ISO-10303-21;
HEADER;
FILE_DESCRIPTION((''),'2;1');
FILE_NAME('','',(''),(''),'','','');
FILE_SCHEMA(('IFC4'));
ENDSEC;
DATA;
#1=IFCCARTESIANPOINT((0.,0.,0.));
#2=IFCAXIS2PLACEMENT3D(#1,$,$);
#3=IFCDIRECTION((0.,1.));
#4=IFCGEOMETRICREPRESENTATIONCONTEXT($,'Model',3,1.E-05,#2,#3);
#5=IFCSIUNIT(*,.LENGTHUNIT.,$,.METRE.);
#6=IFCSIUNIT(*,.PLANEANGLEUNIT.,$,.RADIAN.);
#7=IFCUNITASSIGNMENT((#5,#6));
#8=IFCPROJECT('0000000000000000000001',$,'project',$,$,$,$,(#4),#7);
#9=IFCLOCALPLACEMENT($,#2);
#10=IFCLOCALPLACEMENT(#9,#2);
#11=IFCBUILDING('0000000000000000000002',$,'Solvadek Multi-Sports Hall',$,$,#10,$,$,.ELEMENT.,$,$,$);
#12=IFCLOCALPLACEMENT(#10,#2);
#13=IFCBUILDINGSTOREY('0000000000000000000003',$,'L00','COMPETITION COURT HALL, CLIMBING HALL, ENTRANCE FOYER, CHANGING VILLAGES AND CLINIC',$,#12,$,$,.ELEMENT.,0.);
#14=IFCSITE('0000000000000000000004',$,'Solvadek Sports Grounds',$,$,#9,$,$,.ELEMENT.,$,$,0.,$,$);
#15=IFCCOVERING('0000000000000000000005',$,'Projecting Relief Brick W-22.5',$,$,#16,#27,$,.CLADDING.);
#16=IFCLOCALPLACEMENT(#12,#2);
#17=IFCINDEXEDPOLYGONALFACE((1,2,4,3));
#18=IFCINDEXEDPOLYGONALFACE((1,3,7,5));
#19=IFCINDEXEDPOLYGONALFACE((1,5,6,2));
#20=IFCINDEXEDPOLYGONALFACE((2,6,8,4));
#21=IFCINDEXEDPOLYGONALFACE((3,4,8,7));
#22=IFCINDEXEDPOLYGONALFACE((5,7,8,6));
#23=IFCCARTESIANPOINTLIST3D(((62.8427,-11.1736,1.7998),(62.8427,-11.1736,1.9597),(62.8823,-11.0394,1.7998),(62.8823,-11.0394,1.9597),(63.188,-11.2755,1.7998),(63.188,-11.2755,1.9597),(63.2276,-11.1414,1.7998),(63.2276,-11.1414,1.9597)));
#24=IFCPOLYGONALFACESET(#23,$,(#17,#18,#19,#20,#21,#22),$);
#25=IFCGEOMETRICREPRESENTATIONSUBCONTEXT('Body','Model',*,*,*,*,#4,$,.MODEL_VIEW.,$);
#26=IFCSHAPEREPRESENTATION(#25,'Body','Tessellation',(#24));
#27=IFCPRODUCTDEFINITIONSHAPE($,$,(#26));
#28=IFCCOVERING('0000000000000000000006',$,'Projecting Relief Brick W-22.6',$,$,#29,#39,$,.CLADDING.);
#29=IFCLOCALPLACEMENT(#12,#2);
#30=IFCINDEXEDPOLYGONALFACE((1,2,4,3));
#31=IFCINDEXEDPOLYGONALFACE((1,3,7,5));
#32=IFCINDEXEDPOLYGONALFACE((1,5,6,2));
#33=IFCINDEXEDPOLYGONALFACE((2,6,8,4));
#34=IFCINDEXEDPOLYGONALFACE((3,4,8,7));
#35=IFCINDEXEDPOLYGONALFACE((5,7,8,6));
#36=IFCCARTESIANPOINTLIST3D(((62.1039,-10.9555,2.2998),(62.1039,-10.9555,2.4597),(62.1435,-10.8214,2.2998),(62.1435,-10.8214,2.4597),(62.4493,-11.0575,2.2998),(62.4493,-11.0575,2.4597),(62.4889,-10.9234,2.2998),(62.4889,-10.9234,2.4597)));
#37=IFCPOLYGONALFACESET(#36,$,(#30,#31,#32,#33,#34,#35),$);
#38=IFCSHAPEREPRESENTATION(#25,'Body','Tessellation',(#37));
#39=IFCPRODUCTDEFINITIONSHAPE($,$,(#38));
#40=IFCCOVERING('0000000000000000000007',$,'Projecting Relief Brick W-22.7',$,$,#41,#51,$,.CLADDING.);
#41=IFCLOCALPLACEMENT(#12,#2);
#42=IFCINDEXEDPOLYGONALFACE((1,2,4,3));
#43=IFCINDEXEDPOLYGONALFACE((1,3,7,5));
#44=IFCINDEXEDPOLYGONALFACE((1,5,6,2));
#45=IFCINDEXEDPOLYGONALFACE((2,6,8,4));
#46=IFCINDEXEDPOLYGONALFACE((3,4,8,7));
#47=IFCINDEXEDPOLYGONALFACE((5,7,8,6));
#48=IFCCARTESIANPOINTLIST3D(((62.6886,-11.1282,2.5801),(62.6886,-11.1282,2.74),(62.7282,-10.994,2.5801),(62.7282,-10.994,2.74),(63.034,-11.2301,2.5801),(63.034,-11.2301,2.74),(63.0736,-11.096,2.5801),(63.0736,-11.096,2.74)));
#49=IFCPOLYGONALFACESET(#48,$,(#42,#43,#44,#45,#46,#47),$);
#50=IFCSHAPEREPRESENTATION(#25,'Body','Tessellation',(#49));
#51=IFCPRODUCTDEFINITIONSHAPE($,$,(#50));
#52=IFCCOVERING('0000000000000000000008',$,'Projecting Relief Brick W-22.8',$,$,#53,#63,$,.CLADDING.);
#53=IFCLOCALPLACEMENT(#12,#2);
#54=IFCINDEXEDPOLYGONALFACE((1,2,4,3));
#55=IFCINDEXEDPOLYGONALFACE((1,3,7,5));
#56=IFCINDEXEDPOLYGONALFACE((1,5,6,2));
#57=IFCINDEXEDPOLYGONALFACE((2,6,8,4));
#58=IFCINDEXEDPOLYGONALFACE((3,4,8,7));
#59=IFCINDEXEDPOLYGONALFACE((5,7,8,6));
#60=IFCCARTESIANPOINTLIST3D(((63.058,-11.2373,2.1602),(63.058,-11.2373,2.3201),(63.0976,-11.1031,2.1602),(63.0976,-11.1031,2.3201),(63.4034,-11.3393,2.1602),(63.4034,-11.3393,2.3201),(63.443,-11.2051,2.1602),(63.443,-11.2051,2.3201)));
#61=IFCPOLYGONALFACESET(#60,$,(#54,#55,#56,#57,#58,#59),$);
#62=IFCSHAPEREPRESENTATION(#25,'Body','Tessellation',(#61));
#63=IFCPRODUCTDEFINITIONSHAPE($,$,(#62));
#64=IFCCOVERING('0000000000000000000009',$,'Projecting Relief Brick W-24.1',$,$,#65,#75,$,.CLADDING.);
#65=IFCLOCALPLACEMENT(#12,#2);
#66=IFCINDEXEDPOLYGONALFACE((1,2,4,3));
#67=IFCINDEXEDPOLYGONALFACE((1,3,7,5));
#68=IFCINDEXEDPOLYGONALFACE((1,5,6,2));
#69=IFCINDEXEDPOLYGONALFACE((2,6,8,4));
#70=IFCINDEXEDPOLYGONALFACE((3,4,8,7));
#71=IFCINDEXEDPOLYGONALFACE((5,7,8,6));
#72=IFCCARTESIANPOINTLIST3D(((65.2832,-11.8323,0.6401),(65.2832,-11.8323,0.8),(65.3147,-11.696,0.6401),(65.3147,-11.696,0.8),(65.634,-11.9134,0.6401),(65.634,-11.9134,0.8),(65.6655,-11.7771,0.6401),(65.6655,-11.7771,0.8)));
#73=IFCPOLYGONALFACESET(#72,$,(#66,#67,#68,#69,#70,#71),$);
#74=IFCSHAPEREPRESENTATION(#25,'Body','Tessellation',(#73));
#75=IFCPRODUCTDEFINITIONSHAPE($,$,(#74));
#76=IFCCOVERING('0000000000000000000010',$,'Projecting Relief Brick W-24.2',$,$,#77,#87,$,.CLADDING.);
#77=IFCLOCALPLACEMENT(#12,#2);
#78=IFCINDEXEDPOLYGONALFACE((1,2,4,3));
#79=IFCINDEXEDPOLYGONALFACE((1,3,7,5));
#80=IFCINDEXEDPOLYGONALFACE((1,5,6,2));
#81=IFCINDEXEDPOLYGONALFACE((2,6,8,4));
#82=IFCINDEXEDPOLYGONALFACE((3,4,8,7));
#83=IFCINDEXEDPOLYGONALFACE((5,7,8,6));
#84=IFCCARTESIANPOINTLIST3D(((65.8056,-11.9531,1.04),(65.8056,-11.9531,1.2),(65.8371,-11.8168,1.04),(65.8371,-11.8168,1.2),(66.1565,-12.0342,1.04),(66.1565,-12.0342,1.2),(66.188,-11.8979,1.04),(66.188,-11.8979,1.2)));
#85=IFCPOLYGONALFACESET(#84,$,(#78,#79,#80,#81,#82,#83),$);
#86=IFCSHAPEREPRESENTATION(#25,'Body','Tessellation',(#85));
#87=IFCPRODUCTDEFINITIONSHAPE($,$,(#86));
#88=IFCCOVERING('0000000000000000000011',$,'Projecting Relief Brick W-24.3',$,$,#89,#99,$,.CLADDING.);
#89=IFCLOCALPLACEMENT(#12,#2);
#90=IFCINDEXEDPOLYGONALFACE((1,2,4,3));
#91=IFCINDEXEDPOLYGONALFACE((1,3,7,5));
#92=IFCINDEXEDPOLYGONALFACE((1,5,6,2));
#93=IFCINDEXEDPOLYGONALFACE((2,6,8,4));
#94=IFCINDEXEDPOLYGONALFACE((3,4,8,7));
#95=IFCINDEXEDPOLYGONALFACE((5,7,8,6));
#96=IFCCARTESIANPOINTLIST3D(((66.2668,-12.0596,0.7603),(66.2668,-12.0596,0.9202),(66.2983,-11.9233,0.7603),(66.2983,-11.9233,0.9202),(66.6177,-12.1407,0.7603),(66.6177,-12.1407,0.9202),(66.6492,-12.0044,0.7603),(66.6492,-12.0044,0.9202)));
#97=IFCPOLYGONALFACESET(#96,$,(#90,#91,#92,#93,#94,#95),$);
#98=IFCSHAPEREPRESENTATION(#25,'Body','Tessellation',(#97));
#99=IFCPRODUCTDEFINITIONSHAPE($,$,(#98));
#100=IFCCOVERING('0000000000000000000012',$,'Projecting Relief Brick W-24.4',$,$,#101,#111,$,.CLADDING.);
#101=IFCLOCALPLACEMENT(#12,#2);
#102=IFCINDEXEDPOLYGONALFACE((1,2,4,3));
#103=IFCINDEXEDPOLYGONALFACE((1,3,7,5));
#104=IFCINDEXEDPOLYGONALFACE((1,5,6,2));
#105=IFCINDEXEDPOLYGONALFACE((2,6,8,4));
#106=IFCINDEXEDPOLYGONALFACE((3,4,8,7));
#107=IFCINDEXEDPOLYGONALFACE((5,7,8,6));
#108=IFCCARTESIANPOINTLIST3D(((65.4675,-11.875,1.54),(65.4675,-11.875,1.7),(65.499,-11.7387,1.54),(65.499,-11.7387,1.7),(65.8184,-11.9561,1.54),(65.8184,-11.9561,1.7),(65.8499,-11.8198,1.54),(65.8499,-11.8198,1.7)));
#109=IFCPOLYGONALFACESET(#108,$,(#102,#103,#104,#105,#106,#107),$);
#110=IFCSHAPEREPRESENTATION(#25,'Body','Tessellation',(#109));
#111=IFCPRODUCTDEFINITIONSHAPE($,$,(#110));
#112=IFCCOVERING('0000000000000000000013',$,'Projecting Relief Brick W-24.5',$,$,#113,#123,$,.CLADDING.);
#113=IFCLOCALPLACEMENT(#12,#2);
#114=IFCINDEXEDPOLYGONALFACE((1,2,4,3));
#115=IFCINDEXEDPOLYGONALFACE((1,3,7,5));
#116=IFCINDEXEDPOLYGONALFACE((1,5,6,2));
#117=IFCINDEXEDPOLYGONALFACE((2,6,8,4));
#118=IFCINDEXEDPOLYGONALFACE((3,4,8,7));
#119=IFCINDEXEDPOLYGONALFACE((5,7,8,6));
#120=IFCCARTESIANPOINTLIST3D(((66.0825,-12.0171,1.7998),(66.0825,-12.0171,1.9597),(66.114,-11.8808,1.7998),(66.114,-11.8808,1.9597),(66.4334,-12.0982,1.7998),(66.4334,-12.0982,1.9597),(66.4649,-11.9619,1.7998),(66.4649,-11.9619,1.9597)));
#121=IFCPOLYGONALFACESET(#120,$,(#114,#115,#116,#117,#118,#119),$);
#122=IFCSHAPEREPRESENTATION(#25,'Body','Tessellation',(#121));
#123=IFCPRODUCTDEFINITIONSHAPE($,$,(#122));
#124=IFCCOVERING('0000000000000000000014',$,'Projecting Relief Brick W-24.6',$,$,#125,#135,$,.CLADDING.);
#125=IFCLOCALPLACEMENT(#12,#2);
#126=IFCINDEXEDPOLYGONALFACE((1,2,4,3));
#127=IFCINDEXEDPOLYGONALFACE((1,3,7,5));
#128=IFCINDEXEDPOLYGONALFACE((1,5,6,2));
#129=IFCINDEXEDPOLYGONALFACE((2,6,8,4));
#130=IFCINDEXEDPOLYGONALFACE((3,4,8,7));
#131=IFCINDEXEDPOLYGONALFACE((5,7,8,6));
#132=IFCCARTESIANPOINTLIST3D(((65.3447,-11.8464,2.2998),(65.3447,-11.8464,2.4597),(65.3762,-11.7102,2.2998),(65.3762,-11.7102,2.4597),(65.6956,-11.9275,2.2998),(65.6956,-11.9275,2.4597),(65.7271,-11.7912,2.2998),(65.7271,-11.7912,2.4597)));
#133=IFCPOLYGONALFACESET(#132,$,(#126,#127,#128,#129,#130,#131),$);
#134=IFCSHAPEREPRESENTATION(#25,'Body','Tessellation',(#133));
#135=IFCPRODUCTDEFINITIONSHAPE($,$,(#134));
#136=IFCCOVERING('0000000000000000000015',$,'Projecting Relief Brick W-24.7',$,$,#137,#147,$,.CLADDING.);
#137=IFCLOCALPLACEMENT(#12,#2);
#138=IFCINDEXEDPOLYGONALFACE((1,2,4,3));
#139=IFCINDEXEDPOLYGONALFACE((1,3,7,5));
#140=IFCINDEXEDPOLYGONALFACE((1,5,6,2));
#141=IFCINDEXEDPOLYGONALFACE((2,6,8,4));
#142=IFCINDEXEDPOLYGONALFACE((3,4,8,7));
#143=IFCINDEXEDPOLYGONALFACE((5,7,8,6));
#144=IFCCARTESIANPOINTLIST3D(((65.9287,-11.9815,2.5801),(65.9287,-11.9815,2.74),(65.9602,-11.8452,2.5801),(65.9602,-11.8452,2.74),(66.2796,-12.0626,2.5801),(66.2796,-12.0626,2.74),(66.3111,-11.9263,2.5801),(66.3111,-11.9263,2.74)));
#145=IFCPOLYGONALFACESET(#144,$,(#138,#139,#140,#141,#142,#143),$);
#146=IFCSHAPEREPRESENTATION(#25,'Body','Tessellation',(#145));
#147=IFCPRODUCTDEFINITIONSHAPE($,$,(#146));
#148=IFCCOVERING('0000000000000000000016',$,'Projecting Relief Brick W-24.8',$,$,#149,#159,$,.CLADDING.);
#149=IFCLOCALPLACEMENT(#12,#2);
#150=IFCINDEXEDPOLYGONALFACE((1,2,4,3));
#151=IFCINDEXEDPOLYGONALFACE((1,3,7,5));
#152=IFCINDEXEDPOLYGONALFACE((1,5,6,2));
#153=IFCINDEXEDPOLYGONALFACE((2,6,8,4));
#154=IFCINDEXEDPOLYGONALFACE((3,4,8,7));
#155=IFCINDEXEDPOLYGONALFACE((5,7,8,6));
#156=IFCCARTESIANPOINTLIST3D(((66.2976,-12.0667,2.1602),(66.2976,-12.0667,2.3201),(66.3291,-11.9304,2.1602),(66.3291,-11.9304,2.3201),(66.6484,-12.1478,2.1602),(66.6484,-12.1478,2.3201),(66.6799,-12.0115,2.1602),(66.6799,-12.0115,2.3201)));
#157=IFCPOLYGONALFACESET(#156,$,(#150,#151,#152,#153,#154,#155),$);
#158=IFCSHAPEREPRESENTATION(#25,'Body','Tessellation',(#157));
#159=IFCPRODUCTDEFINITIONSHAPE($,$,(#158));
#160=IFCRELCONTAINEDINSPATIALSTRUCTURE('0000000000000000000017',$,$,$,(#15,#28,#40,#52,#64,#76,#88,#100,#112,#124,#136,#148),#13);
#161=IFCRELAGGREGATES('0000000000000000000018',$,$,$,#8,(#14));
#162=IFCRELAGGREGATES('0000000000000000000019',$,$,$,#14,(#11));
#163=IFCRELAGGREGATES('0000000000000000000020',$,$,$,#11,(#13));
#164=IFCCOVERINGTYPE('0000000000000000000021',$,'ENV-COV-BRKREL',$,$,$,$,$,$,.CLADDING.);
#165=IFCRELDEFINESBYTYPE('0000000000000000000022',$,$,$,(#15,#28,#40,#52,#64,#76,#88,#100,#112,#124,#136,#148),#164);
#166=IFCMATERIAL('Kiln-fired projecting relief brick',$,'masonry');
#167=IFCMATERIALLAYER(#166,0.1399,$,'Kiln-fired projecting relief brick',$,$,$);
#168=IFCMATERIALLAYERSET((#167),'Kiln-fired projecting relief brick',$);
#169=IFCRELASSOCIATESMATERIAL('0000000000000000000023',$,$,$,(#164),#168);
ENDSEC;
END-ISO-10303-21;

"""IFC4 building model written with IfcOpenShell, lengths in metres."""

from ifc_helpers import new_model, si_unit, direction, frame, origin, origin_2d, place, context, subcontext, project, spatial, rectangle, extrude, material, layer, layer_set, type_object, element, save


model = new_model("IFC4")

# Units and contexts
model_context = context("Model", 3, precision=1e-05, world=origin(), true_north=direction((0.0, 1.0)))
body_context = subcontext(model_context, "Body", "Model", "MODEL_VIEW")
ifc_project = project(units=[si_unit("LENGTHUNIT", "METRE"), si_unit("PLANEANGLEUNIT", "RADIAN")], contexts=[model_context])

# Site, building, storey
site_placement = place(None, origin())
site = spatial("IfcSite", under=ifc_project, at=site_placement, Name="Solvadek Sports Grounds", CompositionType="ELEMENT", RefElevation=0.0)
building_placement = place(site_placement, origin())
building = spatial("IfcBuilding", under=site, at=building_placement, Name="Solvadek Multi-Sports Hall", CompositionType="ELEMENT")
storey_placement = place(building_placement, origin())
storey = spatial("IfcBuildingStorey", under=building, at=storey_placement, Name="L00", Description="COMPETITION COURT HALL, CLIMBING HALL, ENTRANCE FOYER, CHANGING VILLAGES AND CLINIC", CompositionType="ELEMENT", Elevation=0.0)

# Coverings
ifc_material_1 = material(Name="Kiln-fired projecting relief brick", Category="masonry")
ifc_layer_1 = layer(ifc_material_1, 0.1399, Name="Kiln-fired projecting relief brick")
ifc_layer_set_1 = layer_set([ifc_layer_1], Name="Kiln-fired projecting relief brick")
covering_type = type_object("IfcCoveringType", Name="ENV-COV-BRKREL", PredefinedType="CLADDING", material=ifc_layer_set_1)
for number, where, z_axis, x_axis, name in (
    (1, (63.0352, -11.1575, 1.7998), (0.0, 0.0, 1.0), (0.959064, -0.283188, 0.0), "Projecting Relief Brick W-22.5"),
    (2, (62.2964, -10.9395, 2.2998), (0.0, 0.0, 1.0), (0.959064, -0.283188, 0.0), "Projecting Relief Brick W-22.6"),
    (3, (62.8811, -11.1121, 2.5801), (0.0, 0.0, 1.0), (0.959064, -0.283188, 0.0), "Projecting Relief Brick W-22.7"),
    (4, (63.2505, -11.2212, 2.1602), (0.0, 0.0, 1.0), (0.959064, -0.283188, 0.0), "Projecting Relief Brick W-22.8"),
    (5, (65.4744, -11.8047, 0.6401), (0.0, 0.0, 1.0), (0.974313, -0.225197, 0.0), "Projecting Relief Brick W-24.1"),
    (6, (65.9968, -11.9255, 1.04), (0.0, 0.0, 1.0), (0.974313, -0.225197, 0.0), "Projecting Relief Brick W-24.2"),
    (7, (66.458, -12.032, 0.7603), (0.0, 0.0, 1.0), (0.974313, -0.225197, 0.0), "Projecting Relief Brick W-24.3"),
    (8, (65.6587, -11.8474, 1.54), (0.0, 0.0, 1.0), (0.974313, -0.225197, 0.0), "Projecting Relief Brick W-24.4"),
    (9, (66.2737, -11.9895, 1.7998), (0.0, 0.0, 1.0), (0.974313, -0.225197, 0.0), "Projecting Relief Brick W-24.5"),
    (10, (65.5359, -11.8188, 2.2998), (0.0, 0.0, 1.0), (0.974313, -0.225197, 0.0), "Projecting Relief Brick W-24.6"),
    (11, (66.1199, -11.9539, 2.5801), (0.0, 0.0, 1.0), (0.974313, -0.225197, 0.0), "Projecting Relief Brick W-24.7"),
    (12, (66.4888, -12.0391, 2.1602), (0.0, 0.0, 1.0), (0.974313, -0.225197, 0.0), "Projecting Relief Brick W-24.8"),
):
    element("IfcCovering", number, at=place(storey_placement, frame(where, z_axis=z_axis, x_axis=x_axis)), inside=storey, type_object=covering_type, Name=name, PredefinedType="CLADDING", context=body_context, shape_type="SweptSolid", body=[
        extrude(rectangle(XDim=0.3601, YDim=0.1399, at=origin_2d()), origin(), (0.0, 0.0, 1.0), 0.1599),
    ])

save(model, "model.ifc")
